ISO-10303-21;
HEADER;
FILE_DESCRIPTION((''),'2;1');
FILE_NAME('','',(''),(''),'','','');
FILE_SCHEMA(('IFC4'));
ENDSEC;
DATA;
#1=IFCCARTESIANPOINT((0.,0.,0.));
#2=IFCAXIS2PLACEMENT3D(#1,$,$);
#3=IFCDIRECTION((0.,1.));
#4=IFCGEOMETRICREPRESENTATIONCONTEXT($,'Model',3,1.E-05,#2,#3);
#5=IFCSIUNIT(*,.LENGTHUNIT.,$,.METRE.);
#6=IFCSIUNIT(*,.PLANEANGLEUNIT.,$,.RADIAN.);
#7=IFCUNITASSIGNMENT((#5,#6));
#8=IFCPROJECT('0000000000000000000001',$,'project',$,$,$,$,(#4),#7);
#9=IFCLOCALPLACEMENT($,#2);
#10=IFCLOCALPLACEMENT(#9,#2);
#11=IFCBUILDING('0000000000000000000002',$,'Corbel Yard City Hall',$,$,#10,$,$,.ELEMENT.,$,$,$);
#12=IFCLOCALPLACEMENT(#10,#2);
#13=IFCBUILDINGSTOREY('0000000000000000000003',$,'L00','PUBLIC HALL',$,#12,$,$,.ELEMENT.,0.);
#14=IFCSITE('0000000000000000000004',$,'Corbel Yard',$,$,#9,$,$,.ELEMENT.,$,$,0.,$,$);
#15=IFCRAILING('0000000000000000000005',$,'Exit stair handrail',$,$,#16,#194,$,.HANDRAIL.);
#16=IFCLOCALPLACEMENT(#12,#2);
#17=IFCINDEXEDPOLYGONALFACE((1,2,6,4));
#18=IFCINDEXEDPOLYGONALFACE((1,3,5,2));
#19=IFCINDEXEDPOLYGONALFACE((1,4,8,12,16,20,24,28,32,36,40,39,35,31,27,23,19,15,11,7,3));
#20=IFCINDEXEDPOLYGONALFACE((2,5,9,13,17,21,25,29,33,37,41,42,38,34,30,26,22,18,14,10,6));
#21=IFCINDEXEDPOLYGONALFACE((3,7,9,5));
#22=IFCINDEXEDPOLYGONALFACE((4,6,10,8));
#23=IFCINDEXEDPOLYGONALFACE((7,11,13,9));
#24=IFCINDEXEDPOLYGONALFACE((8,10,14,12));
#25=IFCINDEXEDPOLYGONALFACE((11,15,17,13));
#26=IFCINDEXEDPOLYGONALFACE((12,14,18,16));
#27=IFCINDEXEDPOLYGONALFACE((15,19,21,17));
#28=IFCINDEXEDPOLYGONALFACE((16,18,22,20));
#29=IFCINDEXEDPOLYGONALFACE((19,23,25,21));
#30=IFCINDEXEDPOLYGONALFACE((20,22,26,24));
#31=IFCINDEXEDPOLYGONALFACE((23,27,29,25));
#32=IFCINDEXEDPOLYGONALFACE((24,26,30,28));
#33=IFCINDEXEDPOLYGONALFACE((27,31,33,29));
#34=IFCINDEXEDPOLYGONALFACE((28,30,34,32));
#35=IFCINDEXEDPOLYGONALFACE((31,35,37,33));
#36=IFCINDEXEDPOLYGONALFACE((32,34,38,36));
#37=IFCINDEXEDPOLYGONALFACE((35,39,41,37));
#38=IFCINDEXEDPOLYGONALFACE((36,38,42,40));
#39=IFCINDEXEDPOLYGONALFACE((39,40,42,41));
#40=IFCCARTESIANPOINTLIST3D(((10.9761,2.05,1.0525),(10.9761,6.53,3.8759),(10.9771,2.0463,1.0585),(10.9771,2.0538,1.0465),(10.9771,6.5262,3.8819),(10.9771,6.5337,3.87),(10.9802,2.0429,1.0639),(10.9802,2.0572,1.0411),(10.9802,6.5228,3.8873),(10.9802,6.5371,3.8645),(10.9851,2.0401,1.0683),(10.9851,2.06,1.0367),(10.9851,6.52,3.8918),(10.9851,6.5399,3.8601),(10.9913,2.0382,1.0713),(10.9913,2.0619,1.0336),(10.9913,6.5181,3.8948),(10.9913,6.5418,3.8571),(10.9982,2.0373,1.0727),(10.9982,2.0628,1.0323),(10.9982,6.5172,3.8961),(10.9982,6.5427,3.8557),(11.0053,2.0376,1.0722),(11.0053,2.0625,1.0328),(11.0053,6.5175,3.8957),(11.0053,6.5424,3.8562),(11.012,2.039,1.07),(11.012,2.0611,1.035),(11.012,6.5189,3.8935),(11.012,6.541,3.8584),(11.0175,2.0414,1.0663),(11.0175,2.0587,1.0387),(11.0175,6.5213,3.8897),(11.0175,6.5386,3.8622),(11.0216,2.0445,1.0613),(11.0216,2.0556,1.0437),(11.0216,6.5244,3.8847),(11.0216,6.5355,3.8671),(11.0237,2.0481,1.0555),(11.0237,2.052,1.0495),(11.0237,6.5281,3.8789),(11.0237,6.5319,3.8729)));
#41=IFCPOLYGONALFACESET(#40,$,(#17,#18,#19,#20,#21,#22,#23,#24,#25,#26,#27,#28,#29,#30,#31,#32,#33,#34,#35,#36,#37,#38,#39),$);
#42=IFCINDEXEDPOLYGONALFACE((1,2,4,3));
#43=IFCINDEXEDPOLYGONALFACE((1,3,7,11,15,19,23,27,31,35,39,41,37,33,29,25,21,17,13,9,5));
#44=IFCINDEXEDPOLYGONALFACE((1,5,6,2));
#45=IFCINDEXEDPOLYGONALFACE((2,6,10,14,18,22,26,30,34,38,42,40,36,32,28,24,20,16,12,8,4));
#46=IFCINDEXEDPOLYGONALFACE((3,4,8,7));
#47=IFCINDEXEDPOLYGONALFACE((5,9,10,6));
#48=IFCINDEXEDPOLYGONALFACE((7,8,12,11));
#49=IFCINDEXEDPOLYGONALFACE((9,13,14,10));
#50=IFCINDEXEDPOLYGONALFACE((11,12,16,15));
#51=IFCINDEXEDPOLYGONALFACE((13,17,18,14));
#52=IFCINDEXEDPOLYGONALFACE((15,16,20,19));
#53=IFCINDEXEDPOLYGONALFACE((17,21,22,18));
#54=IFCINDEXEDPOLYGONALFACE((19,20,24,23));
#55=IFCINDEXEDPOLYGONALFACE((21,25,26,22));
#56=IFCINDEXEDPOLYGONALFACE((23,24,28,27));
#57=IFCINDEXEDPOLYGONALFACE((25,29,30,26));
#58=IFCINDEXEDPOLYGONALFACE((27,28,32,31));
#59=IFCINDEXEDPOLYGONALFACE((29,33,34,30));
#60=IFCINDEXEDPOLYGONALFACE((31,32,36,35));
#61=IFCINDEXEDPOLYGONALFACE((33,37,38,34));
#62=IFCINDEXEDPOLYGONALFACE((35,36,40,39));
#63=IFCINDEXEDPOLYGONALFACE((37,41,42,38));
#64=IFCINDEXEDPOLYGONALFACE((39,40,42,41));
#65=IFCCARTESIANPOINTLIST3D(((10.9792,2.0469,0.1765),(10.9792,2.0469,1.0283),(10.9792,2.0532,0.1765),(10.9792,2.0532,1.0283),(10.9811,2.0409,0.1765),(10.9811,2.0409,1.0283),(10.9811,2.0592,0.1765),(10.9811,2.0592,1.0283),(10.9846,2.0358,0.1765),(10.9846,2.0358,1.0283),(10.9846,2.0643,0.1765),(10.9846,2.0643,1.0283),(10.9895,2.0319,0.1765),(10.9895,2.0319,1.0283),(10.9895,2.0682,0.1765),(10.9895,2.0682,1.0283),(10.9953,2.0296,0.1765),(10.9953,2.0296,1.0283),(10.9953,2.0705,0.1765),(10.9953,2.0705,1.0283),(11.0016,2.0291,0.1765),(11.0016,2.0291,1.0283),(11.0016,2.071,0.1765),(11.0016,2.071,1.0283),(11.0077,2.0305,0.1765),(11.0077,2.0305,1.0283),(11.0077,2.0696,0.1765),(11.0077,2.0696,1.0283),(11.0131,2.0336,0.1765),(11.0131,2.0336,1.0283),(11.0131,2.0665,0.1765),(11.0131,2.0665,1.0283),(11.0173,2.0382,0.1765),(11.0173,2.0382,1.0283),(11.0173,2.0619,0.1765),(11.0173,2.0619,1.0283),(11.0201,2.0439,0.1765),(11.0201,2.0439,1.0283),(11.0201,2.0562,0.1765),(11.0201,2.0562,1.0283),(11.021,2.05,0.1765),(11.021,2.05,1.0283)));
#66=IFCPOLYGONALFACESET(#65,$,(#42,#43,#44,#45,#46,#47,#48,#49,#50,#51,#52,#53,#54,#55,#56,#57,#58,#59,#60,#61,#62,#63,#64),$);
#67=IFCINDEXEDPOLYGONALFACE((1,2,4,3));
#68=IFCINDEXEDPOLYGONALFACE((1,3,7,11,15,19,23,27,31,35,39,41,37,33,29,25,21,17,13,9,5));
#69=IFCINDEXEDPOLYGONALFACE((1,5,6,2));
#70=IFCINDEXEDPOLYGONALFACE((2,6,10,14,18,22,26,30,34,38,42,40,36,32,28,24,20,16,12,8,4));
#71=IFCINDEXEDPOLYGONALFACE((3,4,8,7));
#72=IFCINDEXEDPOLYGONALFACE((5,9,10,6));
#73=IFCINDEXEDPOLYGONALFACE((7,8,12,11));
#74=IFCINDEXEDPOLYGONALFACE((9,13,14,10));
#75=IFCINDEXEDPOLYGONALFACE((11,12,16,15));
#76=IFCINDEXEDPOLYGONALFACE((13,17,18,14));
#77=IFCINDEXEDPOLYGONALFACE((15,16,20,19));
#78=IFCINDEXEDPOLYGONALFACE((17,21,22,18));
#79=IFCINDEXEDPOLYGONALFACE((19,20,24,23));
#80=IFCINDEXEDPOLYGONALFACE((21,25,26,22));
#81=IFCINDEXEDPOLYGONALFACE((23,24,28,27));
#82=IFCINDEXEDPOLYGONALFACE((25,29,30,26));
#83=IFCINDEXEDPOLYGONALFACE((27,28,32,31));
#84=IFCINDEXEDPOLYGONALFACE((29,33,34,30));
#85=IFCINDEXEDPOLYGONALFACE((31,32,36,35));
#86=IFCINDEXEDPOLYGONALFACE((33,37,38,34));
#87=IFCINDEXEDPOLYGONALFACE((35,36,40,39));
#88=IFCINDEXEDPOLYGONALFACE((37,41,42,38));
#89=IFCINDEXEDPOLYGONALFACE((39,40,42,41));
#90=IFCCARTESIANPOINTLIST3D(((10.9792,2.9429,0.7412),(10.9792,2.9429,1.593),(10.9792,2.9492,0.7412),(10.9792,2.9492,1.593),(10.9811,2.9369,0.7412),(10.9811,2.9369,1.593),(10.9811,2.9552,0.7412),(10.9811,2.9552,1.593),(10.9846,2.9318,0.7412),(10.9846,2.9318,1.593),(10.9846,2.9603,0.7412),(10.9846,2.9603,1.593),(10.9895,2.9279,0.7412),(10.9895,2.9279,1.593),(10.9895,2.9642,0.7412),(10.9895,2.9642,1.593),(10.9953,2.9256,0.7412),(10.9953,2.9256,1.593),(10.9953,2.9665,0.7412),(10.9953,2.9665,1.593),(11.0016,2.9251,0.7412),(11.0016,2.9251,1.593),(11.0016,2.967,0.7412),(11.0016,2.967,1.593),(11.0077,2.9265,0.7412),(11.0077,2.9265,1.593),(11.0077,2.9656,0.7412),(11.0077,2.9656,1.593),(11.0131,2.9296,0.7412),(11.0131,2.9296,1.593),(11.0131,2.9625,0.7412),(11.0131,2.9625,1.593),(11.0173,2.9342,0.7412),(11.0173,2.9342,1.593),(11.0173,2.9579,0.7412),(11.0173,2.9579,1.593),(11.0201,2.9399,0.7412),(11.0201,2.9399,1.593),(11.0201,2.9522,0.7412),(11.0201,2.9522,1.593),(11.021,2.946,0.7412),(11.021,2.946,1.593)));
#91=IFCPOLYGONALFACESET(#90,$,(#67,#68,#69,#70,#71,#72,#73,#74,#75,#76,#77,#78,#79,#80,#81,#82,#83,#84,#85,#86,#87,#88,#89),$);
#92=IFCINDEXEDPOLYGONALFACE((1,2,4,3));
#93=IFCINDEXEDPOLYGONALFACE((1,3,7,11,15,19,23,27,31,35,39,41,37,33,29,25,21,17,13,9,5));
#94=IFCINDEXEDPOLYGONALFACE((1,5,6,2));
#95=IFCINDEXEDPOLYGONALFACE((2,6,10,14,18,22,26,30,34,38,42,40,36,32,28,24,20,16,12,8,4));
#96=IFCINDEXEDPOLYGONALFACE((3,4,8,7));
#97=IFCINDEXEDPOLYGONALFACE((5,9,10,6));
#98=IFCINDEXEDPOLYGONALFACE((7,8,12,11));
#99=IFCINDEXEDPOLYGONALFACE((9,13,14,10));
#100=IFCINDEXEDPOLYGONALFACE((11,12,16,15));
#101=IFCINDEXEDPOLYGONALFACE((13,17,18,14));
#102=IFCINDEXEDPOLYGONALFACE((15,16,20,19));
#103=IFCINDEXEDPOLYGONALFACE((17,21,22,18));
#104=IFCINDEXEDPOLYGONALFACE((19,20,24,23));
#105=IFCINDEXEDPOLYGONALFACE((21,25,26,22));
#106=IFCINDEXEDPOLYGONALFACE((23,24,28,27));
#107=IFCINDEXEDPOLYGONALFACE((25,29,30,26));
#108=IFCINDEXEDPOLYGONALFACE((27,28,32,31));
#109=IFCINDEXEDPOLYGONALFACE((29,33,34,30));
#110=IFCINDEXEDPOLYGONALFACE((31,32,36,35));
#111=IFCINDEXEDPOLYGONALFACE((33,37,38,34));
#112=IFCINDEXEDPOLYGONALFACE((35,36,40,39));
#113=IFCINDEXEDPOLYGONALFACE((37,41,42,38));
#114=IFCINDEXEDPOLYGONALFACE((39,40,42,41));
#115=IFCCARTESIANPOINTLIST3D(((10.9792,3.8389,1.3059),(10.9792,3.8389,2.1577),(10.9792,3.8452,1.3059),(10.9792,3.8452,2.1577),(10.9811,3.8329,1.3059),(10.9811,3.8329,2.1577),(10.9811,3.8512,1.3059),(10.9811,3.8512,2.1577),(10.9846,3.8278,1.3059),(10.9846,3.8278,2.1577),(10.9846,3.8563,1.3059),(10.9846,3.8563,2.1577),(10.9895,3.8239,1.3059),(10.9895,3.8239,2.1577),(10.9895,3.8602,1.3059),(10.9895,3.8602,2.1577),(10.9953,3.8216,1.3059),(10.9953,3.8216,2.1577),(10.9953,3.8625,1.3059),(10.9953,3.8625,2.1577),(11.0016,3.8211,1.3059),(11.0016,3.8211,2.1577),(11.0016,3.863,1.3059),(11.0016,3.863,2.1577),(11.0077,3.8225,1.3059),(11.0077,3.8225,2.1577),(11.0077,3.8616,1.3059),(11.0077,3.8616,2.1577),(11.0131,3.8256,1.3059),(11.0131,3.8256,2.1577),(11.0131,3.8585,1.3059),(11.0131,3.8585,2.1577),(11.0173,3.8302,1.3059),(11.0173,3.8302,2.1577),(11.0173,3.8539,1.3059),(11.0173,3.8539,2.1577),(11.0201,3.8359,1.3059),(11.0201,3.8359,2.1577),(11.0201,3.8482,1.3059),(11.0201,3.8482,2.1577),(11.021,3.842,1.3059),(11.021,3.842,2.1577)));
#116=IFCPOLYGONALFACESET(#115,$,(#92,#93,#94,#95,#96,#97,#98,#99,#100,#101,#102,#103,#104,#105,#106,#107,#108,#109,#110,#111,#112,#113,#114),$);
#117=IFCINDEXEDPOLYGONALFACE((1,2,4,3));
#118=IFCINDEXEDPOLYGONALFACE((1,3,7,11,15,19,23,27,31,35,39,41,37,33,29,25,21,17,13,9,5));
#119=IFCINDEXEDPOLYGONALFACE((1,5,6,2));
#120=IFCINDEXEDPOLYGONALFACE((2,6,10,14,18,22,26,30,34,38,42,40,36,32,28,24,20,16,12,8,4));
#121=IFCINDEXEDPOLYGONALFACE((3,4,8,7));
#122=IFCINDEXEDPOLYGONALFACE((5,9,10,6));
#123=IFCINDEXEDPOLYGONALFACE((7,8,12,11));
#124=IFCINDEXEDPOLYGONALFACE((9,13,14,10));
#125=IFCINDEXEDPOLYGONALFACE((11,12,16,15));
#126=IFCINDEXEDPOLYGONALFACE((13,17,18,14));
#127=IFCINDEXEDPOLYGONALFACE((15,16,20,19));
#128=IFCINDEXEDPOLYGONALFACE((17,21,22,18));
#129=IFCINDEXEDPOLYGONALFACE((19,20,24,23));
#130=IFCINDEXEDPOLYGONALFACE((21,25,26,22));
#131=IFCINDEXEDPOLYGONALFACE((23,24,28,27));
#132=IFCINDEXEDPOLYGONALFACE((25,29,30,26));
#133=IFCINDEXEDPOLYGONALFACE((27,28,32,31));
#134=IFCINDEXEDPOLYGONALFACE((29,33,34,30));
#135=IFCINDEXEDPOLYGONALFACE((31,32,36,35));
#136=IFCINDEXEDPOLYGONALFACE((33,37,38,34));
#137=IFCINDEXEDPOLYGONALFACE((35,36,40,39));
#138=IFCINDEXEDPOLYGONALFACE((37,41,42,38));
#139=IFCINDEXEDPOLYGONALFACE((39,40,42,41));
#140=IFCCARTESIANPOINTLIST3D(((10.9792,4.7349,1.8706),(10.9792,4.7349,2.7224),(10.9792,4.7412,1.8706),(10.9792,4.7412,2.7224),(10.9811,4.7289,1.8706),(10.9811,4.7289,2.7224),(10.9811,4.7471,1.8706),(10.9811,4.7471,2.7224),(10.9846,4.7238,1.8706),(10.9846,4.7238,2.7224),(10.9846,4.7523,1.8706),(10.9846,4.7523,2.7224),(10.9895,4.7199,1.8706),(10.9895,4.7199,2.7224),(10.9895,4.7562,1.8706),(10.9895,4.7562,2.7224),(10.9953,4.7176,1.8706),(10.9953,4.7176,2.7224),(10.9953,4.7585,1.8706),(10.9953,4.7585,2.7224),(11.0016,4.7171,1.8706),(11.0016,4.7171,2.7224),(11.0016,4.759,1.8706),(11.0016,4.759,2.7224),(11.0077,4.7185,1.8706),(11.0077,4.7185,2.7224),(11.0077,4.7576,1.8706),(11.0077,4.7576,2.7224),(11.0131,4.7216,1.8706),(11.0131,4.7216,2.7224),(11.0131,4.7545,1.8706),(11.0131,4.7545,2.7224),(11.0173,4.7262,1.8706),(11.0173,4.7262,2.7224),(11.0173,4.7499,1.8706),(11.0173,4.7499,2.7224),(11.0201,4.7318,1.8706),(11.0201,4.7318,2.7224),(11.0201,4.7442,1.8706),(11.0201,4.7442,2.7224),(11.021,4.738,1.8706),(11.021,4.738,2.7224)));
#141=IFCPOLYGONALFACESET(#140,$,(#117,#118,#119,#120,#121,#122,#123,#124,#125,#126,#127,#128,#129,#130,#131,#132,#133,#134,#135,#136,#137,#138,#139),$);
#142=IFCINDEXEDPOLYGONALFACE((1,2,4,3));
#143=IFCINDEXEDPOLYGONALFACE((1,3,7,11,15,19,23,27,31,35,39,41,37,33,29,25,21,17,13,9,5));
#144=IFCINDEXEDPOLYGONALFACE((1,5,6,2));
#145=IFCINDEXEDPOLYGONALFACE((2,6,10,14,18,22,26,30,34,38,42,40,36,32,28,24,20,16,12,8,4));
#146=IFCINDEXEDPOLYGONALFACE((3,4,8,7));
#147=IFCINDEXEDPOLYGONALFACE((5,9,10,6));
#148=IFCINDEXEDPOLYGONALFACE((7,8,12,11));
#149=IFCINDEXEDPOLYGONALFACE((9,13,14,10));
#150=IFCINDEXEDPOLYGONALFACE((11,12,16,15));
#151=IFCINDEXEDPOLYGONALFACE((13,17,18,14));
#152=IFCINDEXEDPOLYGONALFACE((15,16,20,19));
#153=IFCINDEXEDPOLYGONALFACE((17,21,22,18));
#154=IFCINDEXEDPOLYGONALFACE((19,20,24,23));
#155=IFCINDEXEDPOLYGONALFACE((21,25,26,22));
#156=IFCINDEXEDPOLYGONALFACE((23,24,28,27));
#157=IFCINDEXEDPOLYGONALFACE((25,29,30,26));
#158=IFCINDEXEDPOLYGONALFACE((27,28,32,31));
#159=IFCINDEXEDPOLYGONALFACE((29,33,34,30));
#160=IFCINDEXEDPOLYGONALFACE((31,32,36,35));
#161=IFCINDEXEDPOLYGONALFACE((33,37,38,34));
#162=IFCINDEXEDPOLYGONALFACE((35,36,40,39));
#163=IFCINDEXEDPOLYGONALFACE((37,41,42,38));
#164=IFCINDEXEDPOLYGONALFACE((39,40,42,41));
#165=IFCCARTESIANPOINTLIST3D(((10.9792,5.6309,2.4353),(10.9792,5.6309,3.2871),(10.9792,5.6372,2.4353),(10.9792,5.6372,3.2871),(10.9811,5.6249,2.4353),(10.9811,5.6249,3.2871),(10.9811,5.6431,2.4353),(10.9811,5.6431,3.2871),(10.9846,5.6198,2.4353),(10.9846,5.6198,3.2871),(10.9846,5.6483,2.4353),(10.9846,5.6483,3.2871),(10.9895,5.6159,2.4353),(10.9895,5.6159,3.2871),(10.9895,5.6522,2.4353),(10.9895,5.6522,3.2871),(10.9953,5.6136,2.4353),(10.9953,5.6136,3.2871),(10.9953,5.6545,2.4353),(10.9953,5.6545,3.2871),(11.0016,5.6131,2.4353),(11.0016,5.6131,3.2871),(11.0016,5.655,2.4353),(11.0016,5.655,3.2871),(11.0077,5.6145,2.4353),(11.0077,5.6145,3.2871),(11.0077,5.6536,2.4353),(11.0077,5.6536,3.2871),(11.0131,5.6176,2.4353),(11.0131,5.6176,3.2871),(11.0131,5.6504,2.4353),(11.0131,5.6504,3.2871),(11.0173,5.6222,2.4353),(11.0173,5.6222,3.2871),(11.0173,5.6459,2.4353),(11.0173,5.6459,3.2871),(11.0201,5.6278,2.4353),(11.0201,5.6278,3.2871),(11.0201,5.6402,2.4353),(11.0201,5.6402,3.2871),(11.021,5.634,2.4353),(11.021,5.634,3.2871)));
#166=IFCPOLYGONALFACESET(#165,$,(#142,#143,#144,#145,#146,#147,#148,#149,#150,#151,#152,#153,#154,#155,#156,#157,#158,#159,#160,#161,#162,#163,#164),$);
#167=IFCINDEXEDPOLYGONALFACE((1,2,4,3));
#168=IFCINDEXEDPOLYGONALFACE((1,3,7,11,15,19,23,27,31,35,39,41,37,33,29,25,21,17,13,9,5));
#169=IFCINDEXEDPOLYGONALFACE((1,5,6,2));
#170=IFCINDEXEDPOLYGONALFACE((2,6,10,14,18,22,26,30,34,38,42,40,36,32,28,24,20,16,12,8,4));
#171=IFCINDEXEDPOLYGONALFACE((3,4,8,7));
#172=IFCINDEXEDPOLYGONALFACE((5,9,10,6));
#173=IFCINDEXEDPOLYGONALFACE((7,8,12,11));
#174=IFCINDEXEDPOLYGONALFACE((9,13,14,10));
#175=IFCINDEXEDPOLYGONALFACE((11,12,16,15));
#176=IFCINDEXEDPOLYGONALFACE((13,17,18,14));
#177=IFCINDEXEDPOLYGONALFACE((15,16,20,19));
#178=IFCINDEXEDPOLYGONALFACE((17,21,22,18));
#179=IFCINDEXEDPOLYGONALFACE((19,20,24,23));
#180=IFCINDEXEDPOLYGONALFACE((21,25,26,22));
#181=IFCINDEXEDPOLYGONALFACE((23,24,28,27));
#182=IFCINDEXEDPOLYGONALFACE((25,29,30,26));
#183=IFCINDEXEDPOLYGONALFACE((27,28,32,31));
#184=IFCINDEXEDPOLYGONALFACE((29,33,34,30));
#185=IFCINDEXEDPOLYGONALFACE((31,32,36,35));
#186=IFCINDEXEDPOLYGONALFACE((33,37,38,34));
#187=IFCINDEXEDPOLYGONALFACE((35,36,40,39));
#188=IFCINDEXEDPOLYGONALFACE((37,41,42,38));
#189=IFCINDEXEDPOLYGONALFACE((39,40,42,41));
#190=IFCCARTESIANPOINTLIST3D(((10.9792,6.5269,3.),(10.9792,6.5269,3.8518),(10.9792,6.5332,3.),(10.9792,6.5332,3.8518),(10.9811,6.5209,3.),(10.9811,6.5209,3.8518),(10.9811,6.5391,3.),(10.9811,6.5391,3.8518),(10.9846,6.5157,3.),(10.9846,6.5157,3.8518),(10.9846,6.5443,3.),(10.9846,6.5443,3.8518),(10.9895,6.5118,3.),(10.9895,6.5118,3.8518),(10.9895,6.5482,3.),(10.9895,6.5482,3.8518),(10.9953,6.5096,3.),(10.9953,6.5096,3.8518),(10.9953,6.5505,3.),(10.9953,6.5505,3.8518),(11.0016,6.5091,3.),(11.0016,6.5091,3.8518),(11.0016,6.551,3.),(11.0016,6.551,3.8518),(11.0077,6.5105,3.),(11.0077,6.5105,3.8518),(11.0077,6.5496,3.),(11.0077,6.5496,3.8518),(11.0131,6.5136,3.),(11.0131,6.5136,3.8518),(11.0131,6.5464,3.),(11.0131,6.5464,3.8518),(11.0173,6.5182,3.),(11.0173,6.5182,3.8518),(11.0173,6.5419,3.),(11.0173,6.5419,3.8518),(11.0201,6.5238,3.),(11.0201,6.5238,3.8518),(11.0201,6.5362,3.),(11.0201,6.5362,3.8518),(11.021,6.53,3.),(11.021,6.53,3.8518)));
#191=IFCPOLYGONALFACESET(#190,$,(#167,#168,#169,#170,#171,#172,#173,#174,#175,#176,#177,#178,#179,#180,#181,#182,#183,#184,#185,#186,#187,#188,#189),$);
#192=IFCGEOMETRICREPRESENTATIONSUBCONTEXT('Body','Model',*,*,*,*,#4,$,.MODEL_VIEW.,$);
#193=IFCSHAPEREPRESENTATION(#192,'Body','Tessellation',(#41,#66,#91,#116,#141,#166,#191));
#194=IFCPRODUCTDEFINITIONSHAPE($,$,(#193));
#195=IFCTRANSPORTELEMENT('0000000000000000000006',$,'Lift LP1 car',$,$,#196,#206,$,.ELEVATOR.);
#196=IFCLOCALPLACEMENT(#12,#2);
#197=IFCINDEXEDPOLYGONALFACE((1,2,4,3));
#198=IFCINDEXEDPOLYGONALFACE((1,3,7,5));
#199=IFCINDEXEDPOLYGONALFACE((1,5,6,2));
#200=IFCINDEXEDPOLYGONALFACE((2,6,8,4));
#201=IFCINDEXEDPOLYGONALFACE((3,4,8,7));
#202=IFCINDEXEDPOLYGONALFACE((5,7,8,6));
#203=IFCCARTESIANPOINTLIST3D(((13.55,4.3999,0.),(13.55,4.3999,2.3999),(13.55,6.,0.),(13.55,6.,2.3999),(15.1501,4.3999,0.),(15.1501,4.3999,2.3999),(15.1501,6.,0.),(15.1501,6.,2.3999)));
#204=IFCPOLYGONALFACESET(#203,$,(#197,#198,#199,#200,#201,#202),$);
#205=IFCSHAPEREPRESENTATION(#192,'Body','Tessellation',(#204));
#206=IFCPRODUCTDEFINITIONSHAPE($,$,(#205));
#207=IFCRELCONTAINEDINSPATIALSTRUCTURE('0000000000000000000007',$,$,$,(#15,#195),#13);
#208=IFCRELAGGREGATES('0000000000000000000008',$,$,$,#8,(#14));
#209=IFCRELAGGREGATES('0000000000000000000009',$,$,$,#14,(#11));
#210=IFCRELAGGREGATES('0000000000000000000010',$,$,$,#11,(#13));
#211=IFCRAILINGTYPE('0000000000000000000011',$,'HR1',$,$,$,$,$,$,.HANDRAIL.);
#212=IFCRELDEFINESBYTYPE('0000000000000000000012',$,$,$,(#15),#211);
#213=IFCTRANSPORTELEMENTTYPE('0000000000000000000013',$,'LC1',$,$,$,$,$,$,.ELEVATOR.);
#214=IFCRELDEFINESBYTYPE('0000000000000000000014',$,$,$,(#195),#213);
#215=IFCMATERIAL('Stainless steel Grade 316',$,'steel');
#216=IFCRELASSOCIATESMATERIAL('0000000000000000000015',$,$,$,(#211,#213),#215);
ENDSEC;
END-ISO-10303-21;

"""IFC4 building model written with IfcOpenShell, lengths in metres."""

from ifc_helpers import new_model, si_unit, direction, frame, origin, origin_2d, place, context, subcontext, project, spatial, rectangle, circle, extrude, material, type_object, element, save


model = new_model("IFC4")

# Units and contexts
model_context = context("Model", 3, precision=1e-05, world=origin(), true_north=direction((0.0, 1.0)))
body_context = subcontext(model_context, "Body", "Model", "MODEL_VIEW")
ifc_project = project(units=[si_unit("LENGTHUNIT", "METRE"), si_unit("PLANEANGLEUNIT", "RADIAN")], contexts=[model_context])

# Site, building, storey
site_placement = place(None, origin())
site = spatial("IfcSite", under=ifc_project, at=site_placement, Name="Corbel Yard", CompositionType="ELEMENT", RefElevation=0.0)
building_placement = place(site_placement, origin())
building = spatial("IfcBuilding", under=site, at=building_placement, Name="Corbel Yard City Hall", CompositionType="ELEMENT")
storey_placement = place(building_placement, origin())
storey = spatial("IfcBuildingStorey", under=building, at=storey_placement, Name="L00", Description="PUBLIC HALL", CompositionType="ELEMENT", Elevation=0.0)

# Shared definitions
ifc_material_1 = material(Name="Stainless steel Grade 316", Category="steel")

# Railing
railing_type = type_object("IfcRailingType", Name="HR1", PredefinedType="HANDRAIL", material=ifc_material_1)
for number, where, name in (
    (1, (11.0, 2.05, 0.1765), "Exit stair handrail"),
):
    element("IfcRailing", number, at=place(storey_placement, frame(where)), inside=storey, type_object=railing_type, Name=name, PredefinedType="HANDRAIL", context=body_context, shape_type="SweptSolid", body=[
        extrude(circle(Radius=0.0239, at=origin_2d()), frame((0.0, 0.0, 0.876), z_axis=(0.0, 0.845998, 0.533186), x_axis=(-1.0, 0.0, 0.0)), (0.0, 0.0, 1.0), 5.2954),
        extrude(circle(Radius=0.021, at=origin_2d()), origin(), (0.0, 0.0, 1.0), 0.8518),
        extrude(circle(Radius=0.021, at=origin_2d()), frame((0.0, 0.896, 0.5647)), (0.0, 0.0, 1.0), 0.8518),
        extrude(circle(Radius=0.021, at=origin_2d()), frame((0.0, 1.792, 1.1294)), (0.0, 0.0, 1.0), 0.8518),
        extrude(circle(Radius=0.021, at=origin_2d()), frame((0.0, 2.688, 1.6941)), (0.0, 0.0, 1.0), 0.8518),
        extrude(circle(Radius=0.021, at=origin_2d()), frame((0.0, 3.584, 2.2588)), (0.0, 0.0, 1.0), 0.8518),
        extrude(circle(Radius=0.021, at=origin_2d()), frame((0.0, 4.48, 2.8235)), (0.0, 0.0, 1.0), 0.8518),
    ])

# Transport element
transport_element_type = type_object("IfcTransportElementType", Name="LC1", PredefinedType="ELEVATOR", material=ifc_material_1)
transport_element_placement = place(storey_placement, frame((14.3501, 5.2, 0.0), z_axis=(0.0, 0.0, 1.0), x_axis=(1.0, 0.0, 0.0)))
element("IfcTransportElement", 2, at=transport_element_placement, inside=storey, type_object=transport_element_type, Name="Lift LP1 car", PredefinedType="ELEVATOR", context=body_context, shape_type="SweptSolid", body=[
    extrude(rectangle(XDim=1.6001, YDim=1.6001, at=origin_2d()), origin(), (0.0, 0.0, 1.0), 2.3999),
])

save(model, "model.ifc")
